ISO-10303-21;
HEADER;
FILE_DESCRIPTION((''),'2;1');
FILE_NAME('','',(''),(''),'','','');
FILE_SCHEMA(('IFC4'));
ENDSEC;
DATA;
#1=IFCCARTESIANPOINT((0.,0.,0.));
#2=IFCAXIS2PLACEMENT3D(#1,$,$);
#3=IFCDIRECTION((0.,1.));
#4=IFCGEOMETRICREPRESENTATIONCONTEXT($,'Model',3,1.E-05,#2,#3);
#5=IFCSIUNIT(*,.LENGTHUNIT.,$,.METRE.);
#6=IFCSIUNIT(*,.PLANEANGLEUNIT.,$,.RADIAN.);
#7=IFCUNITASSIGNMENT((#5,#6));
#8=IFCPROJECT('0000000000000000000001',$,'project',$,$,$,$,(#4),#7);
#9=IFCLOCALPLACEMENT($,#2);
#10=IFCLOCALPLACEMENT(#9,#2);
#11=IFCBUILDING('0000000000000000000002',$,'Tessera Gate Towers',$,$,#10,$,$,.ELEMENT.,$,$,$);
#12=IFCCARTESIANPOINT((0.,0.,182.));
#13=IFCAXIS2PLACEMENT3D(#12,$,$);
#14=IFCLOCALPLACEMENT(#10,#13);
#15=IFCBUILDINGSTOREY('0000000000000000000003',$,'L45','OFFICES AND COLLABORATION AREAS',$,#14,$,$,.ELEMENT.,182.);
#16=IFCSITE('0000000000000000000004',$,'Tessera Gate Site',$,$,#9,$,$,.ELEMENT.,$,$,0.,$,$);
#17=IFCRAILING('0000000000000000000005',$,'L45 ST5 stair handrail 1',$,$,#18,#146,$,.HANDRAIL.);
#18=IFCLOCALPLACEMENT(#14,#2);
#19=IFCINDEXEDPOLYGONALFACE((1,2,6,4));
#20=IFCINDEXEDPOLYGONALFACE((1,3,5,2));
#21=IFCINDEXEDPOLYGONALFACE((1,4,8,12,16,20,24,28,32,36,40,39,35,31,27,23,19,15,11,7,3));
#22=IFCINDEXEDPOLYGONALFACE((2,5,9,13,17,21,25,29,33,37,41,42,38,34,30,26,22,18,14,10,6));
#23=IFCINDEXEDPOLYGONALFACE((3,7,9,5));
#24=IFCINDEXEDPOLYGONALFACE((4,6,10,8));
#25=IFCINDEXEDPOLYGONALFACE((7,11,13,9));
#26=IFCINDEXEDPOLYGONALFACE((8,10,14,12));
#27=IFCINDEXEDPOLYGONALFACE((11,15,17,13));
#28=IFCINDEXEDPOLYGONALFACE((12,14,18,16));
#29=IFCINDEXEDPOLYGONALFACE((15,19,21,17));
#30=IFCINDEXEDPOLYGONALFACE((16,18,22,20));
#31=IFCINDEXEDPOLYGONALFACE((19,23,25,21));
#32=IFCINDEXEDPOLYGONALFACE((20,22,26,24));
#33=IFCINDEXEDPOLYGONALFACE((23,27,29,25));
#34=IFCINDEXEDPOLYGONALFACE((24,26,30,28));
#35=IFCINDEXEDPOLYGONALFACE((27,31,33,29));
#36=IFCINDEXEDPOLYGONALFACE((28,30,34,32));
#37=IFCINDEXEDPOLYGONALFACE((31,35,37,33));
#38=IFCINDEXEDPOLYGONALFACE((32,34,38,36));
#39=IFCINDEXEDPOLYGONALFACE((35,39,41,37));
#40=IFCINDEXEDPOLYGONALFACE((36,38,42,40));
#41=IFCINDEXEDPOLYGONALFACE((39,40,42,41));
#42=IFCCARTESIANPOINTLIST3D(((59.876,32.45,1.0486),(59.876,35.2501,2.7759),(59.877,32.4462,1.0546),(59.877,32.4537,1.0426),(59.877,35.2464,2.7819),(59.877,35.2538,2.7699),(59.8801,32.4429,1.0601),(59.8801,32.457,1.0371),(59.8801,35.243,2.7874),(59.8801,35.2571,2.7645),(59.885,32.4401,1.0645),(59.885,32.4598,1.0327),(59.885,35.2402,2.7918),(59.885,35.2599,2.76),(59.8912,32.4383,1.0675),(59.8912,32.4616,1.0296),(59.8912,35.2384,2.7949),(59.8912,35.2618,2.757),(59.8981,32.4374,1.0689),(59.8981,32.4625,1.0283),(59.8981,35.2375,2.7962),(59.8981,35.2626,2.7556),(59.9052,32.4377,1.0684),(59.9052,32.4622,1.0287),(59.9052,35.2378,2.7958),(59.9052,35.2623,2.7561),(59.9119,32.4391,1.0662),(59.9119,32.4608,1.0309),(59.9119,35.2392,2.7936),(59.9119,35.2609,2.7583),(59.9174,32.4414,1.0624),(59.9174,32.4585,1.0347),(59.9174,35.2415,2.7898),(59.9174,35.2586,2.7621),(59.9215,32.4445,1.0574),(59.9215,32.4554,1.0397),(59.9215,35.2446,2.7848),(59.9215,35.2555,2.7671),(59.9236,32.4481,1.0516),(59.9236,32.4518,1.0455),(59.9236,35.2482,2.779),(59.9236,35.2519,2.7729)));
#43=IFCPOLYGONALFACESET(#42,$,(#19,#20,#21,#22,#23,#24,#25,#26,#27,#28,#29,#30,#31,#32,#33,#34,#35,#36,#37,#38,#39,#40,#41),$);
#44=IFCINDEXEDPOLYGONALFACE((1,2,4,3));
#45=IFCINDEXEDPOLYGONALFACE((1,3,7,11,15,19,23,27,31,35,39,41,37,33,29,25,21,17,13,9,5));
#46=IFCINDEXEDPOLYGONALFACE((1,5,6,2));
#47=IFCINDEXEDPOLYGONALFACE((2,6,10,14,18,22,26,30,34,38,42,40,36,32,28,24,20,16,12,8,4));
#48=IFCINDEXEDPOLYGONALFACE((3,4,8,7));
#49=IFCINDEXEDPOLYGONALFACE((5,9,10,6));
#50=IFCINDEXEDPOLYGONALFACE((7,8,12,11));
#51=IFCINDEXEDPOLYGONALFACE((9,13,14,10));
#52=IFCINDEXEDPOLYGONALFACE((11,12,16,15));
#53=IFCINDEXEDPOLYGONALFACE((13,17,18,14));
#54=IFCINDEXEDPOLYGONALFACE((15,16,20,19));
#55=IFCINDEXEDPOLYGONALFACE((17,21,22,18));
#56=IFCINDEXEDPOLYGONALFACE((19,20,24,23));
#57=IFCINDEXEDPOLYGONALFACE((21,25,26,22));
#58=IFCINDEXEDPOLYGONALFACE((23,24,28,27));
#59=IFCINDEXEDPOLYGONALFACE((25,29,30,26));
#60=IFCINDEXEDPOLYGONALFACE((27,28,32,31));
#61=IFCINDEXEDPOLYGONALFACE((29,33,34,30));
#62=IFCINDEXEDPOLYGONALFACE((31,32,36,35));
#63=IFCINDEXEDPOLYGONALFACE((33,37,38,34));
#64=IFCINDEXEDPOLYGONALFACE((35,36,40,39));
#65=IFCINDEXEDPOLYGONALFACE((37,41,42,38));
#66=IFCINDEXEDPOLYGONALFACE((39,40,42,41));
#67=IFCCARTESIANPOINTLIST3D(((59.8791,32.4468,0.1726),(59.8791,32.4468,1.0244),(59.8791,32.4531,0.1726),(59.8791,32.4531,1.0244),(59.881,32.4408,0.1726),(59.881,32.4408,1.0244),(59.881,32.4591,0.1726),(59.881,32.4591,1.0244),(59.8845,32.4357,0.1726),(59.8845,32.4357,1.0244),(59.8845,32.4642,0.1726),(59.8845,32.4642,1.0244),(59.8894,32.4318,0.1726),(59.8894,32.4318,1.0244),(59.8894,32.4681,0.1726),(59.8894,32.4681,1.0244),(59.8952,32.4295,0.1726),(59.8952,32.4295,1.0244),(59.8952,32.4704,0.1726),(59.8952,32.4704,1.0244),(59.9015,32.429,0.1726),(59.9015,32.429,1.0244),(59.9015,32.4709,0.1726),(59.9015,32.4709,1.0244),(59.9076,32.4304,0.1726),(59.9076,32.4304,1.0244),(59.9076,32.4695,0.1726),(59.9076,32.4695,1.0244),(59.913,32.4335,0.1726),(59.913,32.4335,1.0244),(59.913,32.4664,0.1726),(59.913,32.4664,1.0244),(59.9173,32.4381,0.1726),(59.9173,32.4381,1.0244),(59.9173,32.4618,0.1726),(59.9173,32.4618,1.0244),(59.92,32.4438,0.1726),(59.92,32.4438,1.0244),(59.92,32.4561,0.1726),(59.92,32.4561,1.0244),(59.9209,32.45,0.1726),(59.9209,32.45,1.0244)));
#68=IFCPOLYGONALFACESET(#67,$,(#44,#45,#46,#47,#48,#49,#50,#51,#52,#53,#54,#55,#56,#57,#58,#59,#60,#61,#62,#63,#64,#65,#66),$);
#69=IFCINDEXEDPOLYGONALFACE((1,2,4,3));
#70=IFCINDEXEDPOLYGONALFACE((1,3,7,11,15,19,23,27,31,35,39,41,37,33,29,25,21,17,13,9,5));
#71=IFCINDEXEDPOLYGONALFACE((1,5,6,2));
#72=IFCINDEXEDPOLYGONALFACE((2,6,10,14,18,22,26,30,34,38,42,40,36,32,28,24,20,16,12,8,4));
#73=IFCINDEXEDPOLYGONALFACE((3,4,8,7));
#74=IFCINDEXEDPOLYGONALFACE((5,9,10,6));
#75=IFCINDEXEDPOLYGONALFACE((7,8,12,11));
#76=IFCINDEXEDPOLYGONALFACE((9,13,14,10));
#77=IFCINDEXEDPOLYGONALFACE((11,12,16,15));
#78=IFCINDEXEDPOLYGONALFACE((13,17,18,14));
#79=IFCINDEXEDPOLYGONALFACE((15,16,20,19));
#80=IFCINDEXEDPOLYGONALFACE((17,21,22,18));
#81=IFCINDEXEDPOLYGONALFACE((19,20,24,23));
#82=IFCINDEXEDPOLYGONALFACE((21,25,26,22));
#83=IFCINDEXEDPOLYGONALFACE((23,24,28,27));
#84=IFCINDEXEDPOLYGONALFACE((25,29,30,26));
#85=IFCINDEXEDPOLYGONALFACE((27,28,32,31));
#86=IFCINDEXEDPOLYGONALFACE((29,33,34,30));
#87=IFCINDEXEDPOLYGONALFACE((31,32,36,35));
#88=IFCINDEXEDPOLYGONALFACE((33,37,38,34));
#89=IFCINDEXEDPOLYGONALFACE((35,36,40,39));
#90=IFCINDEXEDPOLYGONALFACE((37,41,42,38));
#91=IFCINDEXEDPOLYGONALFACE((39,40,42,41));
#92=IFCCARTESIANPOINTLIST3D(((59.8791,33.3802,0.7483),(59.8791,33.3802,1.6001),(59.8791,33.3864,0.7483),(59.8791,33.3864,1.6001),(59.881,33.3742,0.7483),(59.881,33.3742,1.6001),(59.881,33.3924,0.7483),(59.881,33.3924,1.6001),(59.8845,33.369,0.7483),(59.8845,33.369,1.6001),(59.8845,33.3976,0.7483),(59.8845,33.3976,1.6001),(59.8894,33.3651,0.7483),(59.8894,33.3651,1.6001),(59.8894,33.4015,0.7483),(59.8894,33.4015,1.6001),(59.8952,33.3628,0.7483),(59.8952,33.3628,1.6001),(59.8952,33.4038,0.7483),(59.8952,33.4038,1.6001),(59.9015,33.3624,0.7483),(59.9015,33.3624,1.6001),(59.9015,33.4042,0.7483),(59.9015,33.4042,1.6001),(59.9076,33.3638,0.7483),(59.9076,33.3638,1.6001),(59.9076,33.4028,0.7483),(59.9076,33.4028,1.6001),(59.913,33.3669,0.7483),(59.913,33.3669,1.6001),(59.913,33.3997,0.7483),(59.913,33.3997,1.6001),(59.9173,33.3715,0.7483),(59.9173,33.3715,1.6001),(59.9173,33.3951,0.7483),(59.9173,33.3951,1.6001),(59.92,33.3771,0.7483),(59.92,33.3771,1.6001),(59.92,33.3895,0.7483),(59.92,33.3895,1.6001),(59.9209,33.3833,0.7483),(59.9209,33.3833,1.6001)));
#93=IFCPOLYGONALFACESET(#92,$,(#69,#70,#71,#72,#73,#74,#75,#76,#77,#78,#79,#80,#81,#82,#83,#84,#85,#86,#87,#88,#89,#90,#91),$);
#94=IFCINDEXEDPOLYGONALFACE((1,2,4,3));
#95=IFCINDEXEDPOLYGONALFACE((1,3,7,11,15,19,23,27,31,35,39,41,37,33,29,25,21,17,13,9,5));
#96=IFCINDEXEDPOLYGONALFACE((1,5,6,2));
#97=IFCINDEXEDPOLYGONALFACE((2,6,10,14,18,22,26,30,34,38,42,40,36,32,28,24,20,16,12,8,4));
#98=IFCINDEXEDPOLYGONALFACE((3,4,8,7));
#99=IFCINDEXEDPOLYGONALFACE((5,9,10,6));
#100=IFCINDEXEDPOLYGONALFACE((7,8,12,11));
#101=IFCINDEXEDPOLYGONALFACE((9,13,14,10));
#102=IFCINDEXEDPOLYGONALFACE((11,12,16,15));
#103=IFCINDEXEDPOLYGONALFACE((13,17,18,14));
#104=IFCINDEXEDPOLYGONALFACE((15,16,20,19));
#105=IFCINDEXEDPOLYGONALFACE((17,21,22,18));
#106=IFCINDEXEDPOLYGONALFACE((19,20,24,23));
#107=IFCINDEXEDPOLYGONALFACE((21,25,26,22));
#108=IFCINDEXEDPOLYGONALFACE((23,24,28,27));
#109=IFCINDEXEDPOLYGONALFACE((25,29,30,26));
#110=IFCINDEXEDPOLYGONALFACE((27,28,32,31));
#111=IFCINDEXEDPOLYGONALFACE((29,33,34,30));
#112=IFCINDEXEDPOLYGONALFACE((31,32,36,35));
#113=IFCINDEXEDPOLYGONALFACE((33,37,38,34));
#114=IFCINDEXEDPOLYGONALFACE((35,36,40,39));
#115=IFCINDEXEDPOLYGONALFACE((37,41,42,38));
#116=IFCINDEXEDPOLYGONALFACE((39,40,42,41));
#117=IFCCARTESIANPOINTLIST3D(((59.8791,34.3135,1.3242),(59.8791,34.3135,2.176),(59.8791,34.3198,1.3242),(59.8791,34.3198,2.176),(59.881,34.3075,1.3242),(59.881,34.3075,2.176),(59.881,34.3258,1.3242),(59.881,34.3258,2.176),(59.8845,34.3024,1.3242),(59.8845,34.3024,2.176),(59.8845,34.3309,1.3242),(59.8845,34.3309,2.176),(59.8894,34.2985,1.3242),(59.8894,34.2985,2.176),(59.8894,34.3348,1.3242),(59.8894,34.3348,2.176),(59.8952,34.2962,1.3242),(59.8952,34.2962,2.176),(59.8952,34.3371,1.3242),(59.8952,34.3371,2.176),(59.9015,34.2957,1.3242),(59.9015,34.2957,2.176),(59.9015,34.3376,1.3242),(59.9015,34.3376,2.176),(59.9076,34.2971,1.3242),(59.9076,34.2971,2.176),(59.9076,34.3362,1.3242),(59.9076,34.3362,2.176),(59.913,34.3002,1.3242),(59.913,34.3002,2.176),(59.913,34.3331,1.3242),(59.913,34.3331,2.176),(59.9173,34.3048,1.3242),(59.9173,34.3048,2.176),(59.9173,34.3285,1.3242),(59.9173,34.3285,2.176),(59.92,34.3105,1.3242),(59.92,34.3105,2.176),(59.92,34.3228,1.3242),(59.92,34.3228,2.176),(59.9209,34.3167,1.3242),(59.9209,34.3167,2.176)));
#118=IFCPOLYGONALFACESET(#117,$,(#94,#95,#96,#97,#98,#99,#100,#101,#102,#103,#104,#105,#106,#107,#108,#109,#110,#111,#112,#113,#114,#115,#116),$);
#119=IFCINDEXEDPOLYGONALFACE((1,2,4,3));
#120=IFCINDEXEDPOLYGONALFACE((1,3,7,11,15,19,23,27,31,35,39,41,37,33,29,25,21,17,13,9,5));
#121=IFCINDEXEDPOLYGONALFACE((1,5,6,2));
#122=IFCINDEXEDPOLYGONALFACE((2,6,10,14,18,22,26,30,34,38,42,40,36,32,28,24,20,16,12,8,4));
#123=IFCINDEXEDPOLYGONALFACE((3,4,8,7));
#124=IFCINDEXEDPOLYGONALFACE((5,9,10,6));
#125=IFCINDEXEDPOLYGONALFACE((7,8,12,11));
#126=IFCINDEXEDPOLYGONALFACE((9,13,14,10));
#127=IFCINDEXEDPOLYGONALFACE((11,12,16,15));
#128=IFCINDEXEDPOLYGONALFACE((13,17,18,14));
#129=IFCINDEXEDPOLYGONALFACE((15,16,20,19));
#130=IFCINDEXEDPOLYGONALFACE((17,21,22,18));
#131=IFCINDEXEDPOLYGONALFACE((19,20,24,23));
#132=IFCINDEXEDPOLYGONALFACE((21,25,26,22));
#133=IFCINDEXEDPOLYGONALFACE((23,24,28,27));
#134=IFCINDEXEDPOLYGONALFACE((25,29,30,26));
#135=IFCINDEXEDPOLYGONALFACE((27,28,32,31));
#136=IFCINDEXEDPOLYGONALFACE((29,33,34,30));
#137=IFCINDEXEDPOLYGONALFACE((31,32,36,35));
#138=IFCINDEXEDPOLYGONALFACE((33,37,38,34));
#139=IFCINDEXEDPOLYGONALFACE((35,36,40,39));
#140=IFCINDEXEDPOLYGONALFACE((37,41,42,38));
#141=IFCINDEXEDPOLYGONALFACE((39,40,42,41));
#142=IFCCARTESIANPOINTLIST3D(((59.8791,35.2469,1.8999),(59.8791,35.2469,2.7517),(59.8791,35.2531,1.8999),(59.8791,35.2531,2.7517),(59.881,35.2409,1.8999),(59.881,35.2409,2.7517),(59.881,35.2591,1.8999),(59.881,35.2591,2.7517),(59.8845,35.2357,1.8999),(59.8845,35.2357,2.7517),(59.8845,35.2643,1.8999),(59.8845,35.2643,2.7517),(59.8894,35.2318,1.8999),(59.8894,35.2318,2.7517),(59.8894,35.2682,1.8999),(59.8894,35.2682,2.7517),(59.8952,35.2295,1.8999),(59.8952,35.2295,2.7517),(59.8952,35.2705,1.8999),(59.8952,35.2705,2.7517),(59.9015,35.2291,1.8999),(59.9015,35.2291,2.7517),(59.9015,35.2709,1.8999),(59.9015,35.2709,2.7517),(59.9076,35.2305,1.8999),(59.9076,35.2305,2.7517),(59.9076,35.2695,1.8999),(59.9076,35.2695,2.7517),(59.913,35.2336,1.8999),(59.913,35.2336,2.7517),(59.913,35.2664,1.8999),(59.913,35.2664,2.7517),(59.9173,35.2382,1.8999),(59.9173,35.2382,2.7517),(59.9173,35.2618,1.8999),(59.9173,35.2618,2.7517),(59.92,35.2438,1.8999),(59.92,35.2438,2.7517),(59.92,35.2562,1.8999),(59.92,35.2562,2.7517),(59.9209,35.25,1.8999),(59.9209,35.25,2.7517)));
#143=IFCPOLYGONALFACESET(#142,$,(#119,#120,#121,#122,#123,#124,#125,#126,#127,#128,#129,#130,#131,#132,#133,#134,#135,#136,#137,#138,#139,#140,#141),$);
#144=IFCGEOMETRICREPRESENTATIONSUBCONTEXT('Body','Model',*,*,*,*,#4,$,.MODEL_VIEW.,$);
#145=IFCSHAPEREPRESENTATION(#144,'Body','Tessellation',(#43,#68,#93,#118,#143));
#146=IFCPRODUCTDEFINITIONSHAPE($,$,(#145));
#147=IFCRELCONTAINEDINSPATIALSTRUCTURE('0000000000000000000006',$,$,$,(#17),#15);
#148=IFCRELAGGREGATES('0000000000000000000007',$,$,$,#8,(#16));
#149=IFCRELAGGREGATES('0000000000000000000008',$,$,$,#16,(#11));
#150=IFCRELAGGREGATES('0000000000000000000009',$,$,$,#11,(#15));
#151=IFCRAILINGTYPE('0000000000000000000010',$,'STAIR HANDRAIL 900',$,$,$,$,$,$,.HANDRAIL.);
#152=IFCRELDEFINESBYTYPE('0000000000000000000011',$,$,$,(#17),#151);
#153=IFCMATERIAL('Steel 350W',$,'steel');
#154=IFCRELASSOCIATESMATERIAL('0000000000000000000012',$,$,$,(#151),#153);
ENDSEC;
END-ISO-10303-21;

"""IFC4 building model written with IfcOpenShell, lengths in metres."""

from ifc_helpers import new_model, si_unit, direction, frame, origin, origin_2d, place, context, subcontext, project, spatial, circle, extrude, material, type_object, element, save


model = new_model("IFC4")

# Units and contexts
model_context = context("Model", 3, precision=1e-05, world=origin(), true_north=direction((0.0, 1.0)))
body_context = subcontext(model_context, "Body", "Model", "MODEL_VIEW")
ifc_project = project(units=[si_unit("LENGTHUNIT", "METRE"), si_unit("PLANEANGLEUNIT", "RADIAN")], contexts=[model_context])

# Site, building, storey
site_placement = place(None, origin())
site = spatial("IfcSite", under=ifc_project, at=site_placement, Name="Tessera Gate Site", CompositionType="ELEMENT", RefElevation=0.0)
building_placement = place(site_placement, origin())
building = spatial("IfcBuilding", under=site, at=building_placement, Name="Tessera Gate Towers", CompositionType="ELEMENT")
storey_placement = place(building_placement, frame((0.0, 0.0, 182.0)))
storey = spatial("IfcBuildingStorey", under=building, at=storey_placement, Name="L45", Description="OFFICES AND COLLABORATION AREAS", CompositionType="ELEMENT", Elevation=182.0)

# Railing
ifc_material_1 = material(Name="Steel 350W", Category="steel")
railing_type_1 = type_object("IfcRailingType", Name="STAIR HANDRAIL 900", PredefinedType="HANDRAIL", material=ifc_material_1)
railing_1_placement = place(storey_placement, frame((59.8999, 32.45, 0.1726)))
element("IfcRailing", 1, at=railing_1_placement, inside=storey, type_object=railing_type_1, Name="L45 ST5 stair handrail 1", PredefinedType="HANDRAIL", context=body_context, shape_type="SweptSolid", body=[
    extrude(circle(Radius=0.0239, at=origin_2d()), frame((0.0, 0.0, 0.876), z_axis=(0.0, 0.85109, 0.52502), x_axis=(-1.0, 0.0, 0.0)), (0.0, 0.0, 1.0), 3.29),
    extrude(circle(Radius=0.021, at=origin_2d()), origin(), (0.0, 0.0, 1.0), 0.8518),
    extrude(circle(Radius=0.021, at=origin_2d()), frame((0.0, 0.9333, 0.5757)), (0.0, 0.0, 1.0), 0.8518),
    extrude(circle(Radius=0.021, at=origin_2d()), frame((0.0, 1.8667, 1.1516)), (0.0, 0.0, 1.0), 0.8518),
    extrude(circle(Radius=0.021, at=origin_2d()), frame((0.0, 2.8, 1.7273)), (0.0, 0.0, 1.0), 0.8518),
])

save(model, "model.ifc")
